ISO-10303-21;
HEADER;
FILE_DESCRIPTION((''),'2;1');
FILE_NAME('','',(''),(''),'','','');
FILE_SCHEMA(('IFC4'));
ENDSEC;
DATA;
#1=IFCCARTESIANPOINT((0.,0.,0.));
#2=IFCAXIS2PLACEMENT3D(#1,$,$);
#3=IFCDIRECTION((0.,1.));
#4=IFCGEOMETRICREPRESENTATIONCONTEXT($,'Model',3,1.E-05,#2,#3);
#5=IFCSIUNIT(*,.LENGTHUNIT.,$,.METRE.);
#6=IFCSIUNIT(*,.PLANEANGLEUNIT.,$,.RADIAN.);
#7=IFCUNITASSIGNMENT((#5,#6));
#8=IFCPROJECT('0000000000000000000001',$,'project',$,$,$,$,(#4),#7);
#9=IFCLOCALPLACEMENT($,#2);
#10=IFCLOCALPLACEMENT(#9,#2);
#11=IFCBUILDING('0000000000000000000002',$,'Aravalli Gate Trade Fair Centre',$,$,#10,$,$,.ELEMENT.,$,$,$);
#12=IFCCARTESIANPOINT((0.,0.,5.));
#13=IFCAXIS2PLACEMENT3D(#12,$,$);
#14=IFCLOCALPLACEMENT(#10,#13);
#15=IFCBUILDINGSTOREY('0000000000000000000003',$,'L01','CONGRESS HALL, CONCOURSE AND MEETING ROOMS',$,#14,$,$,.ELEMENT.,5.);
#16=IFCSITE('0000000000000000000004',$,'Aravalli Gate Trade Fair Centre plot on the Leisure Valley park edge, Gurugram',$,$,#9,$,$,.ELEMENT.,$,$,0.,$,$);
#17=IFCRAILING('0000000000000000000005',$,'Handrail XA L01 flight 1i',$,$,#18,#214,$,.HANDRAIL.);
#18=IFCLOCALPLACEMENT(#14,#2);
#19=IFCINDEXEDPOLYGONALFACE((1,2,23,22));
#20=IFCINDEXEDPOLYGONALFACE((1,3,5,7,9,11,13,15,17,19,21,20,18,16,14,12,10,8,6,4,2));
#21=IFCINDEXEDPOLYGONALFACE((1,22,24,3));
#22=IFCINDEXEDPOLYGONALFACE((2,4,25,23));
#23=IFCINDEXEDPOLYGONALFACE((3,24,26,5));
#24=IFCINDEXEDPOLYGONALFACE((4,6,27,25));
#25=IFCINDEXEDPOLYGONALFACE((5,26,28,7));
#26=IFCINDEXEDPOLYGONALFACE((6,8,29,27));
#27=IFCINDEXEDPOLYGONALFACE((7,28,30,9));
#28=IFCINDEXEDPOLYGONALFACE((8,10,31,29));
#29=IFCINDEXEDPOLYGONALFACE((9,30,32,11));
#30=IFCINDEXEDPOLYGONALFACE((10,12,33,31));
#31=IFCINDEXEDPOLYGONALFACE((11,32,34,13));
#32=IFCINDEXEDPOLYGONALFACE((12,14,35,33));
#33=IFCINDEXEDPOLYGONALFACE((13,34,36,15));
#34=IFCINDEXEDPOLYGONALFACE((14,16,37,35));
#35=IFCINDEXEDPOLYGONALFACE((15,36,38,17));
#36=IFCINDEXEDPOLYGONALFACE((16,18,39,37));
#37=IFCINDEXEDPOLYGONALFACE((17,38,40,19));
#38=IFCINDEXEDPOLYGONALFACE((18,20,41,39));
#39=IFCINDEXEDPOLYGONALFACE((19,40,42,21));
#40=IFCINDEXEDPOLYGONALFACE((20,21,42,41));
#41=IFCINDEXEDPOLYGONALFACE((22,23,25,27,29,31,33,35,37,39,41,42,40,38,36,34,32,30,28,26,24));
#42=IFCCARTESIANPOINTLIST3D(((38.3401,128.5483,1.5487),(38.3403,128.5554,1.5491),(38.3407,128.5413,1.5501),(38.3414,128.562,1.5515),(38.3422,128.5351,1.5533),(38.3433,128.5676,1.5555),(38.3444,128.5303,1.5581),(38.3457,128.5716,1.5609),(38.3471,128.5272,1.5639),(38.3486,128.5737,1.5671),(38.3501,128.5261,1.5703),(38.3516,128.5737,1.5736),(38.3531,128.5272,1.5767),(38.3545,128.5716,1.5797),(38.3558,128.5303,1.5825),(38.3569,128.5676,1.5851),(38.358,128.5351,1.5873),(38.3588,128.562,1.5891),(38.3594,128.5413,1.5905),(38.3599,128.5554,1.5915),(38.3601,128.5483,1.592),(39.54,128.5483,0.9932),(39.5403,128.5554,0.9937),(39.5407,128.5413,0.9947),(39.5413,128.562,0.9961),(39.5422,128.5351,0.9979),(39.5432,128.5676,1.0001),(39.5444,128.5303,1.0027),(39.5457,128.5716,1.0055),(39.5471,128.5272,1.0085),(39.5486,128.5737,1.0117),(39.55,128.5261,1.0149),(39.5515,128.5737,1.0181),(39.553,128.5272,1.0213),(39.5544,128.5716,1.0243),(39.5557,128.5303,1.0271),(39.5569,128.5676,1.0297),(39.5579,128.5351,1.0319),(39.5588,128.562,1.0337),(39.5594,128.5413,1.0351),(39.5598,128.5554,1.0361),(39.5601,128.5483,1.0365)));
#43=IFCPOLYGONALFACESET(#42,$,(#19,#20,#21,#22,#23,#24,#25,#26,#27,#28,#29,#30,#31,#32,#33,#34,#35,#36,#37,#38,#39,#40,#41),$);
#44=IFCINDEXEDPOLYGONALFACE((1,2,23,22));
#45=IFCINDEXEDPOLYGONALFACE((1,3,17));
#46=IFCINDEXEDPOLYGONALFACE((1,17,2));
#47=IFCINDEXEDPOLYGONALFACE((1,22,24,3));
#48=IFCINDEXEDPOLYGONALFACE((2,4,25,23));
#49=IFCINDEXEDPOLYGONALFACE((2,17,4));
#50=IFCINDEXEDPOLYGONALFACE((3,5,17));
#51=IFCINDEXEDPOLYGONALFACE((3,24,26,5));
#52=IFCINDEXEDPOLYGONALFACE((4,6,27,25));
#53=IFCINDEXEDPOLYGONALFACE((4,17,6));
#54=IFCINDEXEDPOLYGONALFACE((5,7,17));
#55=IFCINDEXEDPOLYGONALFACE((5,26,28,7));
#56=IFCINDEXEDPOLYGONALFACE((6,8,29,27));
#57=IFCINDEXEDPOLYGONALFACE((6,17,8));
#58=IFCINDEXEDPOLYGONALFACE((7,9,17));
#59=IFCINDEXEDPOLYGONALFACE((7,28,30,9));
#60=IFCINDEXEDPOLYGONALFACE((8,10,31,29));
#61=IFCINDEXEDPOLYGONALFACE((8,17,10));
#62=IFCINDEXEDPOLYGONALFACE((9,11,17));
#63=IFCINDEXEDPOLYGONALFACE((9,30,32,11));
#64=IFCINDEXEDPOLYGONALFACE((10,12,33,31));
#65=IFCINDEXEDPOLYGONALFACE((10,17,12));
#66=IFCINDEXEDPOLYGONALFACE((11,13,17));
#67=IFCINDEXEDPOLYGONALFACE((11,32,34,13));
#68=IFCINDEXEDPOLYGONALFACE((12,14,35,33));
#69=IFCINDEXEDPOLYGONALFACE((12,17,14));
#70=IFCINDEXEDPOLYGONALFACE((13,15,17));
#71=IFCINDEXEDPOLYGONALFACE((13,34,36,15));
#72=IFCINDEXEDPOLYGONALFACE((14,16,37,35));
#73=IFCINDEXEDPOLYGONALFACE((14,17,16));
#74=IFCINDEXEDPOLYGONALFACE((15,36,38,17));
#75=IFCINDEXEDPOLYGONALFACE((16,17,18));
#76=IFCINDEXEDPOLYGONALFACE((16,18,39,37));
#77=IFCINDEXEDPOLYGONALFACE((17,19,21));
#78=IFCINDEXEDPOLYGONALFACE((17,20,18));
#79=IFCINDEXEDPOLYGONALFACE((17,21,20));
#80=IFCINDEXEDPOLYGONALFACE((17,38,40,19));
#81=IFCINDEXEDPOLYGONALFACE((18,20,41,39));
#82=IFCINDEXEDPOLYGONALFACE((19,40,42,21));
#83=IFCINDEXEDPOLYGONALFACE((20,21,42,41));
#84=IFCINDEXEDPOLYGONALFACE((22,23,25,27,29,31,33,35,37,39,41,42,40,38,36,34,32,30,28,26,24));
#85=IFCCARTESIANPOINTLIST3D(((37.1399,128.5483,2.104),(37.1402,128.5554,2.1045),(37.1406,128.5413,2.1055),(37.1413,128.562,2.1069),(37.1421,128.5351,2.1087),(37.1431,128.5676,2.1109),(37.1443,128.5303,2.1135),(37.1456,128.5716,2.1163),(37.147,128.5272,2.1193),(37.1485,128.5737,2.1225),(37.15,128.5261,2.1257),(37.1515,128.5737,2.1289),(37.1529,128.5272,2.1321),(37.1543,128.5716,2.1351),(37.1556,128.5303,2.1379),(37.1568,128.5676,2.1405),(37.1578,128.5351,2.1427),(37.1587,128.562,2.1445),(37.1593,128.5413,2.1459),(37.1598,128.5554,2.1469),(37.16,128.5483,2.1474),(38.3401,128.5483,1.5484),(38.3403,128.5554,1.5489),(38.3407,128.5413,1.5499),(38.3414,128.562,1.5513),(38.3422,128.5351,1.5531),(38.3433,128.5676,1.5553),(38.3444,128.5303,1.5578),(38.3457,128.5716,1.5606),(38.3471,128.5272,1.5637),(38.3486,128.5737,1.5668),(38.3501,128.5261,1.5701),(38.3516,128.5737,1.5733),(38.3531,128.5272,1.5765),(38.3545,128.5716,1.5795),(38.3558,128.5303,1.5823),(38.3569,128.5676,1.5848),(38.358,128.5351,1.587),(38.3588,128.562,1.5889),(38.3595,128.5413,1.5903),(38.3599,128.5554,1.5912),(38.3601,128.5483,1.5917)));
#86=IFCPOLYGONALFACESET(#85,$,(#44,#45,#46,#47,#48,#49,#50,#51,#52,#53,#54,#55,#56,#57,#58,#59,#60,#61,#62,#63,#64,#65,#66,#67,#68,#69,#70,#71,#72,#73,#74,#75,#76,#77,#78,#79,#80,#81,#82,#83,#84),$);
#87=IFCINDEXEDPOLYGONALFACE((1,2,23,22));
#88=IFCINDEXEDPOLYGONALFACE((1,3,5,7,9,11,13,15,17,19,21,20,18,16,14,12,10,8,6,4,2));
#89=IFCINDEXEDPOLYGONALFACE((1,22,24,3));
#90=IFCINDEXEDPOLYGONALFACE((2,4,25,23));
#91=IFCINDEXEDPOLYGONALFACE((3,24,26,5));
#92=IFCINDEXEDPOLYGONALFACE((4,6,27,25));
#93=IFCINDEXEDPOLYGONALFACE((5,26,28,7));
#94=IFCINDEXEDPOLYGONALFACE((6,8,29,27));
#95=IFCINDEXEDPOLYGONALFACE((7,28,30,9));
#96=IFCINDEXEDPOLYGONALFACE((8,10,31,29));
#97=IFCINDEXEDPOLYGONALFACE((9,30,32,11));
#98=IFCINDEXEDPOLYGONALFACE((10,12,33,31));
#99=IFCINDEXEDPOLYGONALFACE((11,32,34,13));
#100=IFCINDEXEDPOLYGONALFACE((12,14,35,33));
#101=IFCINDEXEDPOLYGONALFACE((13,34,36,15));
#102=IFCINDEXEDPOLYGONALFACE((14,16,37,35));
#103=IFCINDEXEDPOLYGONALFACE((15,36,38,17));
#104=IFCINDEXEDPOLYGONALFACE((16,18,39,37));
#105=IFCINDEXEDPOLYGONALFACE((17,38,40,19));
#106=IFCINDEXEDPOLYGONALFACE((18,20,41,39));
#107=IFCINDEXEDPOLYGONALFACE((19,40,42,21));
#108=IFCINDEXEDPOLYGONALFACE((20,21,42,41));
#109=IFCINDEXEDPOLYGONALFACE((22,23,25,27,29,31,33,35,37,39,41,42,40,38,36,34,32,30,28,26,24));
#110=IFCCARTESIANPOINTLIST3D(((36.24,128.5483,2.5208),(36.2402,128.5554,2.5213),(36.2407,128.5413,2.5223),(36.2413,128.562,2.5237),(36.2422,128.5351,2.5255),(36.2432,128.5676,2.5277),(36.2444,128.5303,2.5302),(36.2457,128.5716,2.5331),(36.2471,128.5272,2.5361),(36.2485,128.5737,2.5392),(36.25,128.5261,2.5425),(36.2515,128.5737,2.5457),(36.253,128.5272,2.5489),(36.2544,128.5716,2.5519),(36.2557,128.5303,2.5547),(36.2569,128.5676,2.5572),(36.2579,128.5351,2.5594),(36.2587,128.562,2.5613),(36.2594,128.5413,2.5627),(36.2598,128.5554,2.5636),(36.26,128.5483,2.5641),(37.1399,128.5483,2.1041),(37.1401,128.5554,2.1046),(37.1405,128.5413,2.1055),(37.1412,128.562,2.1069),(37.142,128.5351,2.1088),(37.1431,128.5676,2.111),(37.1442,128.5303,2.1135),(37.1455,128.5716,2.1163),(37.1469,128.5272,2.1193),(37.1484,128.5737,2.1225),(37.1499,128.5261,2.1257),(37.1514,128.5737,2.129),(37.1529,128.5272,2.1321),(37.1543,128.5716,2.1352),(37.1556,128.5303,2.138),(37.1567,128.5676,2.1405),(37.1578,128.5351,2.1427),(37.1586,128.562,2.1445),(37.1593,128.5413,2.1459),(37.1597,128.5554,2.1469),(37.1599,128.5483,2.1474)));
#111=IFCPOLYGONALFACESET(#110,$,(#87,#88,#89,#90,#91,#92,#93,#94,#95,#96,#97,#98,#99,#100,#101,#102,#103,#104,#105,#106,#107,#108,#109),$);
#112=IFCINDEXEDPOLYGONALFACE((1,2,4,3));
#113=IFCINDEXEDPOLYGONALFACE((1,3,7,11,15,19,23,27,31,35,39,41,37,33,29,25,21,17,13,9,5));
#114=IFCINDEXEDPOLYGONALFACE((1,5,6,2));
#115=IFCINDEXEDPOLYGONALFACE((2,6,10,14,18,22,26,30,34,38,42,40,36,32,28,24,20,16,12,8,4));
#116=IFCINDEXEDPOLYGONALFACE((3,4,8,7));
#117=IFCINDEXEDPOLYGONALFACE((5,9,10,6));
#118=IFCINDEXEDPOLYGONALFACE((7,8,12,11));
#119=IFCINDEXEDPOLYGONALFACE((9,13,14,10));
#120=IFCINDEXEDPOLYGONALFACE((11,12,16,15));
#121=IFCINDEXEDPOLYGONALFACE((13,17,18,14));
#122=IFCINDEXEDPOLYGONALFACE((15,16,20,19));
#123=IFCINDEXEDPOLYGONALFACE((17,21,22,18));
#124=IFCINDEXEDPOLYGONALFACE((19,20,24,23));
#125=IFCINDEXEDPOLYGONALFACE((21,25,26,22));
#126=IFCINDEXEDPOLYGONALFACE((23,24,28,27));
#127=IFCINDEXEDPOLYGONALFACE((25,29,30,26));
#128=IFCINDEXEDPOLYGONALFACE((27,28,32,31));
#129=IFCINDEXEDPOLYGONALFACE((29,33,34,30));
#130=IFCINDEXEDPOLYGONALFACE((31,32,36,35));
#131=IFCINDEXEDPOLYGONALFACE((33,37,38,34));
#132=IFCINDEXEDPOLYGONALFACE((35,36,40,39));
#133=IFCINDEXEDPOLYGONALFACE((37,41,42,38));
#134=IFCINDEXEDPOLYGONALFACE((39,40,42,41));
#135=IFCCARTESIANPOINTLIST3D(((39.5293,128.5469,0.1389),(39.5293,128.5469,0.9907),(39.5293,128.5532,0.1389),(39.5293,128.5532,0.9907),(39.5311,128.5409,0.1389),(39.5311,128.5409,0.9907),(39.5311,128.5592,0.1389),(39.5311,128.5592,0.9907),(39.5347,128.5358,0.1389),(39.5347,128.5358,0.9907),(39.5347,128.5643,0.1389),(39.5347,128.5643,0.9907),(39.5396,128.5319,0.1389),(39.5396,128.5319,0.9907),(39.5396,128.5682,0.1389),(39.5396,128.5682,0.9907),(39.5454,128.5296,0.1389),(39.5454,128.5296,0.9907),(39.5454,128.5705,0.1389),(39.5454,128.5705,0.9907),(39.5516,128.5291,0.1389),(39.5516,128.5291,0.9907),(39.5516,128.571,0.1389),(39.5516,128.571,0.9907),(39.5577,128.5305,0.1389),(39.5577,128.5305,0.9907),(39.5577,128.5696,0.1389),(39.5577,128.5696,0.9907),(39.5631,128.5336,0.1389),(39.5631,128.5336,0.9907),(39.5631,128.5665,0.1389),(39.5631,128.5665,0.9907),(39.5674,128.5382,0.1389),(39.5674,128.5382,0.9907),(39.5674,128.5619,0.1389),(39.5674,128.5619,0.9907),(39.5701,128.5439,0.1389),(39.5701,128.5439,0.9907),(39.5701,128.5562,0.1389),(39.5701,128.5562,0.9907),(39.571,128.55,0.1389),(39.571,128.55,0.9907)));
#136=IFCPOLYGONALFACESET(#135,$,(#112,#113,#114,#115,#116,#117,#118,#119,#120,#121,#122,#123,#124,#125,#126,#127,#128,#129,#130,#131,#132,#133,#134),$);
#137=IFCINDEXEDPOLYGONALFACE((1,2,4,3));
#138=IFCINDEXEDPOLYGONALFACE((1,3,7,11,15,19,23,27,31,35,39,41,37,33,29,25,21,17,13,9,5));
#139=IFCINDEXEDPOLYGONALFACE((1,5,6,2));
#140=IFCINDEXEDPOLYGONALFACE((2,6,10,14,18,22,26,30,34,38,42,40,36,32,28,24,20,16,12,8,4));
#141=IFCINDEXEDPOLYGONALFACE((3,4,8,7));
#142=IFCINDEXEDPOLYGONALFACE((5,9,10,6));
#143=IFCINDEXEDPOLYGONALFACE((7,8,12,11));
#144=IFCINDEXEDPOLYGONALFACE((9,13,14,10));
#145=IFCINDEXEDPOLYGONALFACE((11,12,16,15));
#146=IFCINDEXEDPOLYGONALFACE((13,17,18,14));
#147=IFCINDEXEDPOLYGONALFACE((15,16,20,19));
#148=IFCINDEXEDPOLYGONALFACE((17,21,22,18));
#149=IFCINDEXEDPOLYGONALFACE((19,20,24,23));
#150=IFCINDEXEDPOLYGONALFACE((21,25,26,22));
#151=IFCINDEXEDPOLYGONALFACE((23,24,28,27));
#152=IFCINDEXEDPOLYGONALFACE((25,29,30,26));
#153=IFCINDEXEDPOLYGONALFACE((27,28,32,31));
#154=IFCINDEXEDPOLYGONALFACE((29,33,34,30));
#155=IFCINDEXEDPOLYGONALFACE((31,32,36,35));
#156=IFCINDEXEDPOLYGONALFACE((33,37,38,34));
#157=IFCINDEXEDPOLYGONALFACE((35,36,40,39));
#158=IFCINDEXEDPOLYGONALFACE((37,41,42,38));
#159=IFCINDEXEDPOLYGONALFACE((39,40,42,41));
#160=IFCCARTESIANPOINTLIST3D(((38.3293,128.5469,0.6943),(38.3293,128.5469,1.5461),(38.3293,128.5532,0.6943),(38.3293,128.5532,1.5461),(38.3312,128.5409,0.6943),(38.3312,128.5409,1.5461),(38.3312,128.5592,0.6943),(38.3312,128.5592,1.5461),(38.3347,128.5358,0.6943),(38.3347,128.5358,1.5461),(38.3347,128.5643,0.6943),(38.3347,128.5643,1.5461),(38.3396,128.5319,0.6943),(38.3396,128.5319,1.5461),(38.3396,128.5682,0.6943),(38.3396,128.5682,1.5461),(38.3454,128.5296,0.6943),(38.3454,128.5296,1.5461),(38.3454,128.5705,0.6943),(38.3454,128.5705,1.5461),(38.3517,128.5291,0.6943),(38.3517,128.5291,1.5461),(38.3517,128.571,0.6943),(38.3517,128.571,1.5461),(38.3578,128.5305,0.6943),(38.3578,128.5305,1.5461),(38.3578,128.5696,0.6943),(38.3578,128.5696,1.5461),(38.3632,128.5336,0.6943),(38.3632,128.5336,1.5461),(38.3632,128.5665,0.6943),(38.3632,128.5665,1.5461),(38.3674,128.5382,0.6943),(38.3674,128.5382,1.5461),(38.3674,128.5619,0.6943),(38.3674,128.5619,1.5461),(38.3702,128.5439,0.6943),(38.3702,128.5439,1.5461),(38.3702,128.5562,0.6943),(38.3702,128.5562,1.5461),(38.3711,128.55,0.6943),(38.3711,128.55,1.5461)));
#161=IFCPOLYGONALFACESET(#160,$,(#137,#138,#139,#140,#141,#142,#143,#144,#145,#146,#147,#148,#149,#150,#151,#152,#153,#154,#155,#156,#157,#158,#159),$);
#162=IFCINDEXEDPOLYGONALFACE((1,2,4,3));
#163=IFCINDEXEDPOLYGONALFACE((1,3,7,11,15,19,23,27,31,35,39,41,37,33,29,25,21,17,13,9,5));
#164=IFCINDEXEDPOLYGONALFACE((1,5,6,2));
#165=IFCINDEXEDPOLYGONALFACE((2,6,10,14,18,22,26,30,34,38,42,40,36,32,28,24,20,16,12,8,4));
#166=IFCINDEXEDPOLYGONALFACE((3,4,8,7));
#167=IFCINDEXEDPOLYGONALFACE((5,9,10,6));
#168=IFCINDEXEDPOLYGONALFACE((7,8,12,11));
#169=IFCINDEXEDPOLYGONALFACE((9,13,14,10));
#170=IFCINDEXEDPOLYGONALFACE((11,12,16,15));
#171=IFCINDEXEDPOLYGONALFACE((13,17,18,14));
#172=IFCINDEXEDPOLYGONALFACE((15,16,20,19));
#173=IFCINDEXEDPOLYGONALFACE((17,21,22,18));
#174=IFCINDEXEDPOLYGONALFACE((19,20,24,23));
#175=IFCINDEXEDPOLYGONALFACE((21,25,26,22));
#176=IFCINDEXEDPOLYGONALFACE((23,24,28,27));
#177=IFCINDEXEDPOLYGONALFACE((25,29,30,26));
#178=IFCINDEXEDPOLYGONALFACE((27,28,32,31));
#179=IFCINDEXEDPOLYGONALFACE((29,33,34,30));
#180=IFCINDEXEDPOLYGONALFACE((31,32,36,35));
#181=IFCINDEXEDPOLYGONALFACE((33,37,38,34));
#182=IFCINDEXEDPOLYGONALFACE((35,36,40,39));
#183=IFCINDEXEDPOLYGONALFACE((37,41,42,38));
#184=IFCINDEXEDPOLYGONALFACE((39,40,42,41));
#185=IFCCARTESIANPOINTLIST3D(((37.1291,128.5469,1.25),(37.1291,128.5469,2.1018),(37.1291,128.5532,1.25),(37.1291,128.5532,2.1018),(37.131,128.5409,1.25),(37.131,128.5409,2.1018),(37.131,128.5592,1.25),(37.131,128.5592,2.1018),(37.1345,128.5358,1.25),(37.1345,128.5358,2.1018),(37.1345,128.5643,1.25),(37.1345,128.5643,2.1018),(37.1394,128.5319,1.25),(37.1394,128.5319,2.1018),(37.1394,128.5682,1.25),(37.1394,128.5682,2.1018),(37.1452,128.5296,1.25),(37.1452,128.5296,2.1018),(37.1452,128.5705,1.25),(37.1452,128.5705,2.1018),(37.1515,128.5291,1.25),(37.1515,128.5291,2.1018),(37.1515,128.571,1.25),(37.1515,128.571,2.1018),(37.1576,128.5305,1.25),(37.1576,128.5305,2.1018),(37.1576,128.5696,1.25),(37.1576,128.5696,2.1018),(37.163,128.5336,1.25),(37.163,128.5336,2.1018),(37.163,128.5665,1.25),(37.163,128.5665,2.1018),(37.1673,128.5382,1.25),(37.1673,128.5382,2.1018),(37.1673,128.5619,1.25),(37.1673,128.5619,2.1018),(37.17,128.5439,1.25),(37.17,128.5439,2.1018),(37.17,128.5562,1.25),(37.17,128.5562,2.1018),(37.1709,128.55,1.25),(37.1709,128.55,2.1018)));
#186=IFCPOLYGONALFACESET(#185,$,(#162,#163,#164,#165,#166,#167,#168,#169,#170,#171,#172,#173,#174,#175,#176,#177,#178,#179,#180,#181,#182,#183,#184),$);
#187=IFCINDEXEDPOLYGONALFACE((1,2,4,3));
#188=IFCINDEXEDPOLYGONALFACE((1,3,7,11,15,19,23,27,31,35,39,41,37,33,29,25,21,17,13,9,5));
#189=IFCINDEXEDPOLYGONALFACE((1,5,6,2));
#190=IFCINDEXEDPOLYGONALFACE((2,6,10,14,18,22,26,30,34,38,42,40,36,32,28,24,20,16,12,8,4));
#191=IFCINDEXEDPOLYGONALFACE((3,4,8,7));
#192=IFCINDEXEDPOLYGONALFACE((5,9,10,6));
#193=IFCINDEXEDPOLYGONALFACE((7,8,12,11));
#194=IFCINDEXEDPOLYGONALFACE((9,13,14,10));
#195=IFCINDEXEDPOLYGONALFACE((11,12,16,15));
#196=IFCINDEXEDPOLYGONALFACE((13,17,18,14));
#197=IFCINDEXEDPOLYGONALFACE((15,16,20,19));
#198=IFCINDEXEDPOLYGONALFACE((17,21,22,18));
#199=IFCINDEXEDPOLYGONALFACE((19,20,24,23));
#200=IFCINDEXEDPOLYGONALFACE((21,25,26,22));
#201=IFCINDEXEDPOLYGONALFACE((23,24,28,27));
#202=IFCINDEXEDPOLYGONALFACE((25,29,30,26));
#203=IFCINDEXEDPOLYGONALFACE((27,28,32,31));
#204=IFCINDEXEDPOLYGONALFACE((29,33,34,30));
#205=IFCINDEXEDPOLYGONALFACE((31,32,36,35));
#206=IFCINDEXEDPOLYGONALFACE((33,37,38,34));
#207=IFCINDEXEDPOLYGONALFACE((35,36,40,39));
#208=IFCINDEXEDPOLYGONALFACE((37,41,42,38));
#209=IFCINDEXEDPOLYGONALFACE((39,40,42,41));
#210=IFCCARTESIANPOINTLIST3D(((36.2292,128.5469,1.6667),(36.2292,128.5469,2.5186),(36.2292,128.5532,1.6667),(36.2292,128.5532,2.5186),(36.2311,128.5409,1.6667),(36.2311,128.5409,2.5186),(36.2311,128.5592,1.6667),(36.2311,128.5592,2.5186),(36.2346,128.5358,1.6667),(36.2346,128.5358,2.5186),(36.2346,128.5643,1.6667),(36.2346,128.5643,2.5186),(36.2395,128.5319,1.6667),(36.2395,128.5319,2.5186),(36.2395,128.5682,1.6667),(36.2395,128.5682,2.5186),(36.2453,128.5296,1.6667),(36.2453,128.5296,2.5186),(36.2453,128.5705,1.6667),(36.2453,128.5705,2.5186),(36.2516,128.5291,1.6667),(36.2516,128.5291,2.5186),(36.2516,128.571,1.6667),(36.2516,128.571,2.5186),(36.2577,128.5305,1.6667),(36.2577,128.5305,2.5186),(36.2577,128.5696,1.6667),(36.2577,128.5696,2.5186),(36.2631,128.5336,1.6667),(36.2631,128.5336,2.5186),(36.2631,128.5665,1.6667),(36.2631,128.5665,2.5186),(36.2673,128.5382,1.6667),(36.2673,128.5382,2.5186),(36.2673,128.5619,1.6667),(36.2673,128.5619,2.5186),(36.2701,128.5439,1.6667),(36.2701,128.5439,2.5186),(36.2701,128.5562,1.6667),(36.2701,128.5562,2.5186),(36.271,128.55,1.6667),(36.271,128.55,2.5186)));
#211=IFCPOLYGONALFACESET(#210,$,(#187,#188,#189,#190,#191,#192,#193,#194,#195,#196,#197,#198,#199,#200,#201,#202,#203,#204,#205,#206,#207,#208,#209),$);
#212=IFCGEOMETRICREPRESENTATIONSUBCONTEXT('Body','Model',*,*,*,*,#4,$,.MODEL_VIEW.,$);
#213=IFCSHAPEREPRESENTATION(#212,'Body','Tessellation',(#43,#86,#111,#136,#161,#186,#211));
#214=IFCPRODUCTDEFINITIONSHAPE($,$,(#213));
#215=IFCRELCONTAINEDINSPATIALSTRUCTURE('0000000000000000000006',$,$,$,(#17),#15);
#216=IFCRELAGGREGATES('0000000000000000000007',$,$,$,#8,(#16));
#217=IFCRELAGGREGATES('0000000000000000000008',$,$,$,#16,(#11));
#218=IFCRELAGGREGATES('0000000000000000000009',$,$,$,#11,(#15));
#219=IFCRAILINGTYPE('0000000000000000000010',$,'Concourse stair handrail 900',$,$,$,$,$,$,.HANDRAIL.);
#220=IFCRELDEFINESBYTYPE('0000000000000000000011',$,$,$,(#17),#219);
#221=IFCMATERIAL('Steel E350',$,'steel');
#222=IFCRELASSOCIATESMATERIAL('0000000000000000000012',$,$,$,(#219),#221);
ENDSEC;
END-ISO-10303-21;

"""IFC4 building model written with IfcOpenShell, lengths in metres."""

from ifc_helpers import new_model, si_unit, direction, frame, origin, origin_2d, place, context, subcontext, project, spatial, circle, extrude, material, type_object, element, save


model = new_model("IFC4")

# Units and contexts
model_context = context("Model", 3, precision=1e-05, world=origin(), true_north=direction((0.0, 1.0)))
body_context = subcontext(model_context, "Body", "Model", "MODEL_VIEW")
ifc_project = project(units=[si_unit("LENGTHUNIT", "METRE"), si_unit("PLANEANGLEUNIT", "RADIAN")], contexts=[model_context])

# Site, building, storey
site_placement = place(None, origin())
site = spatial("IfcSite", under=ifc_project, at=site_placement, Name="Aravalli Gate Trade Fair Centre plot on the Leisure Valley park edge, Gurugram", CompositionType="ELEMENT", RefElevation=0.0)
building_placement = place(site_placement, origin())
building = spatial("IfcBuilding", under=site, at=building_placement, Name="Aravalli Gate Trade Fair Centre", CompositionType="ELEMENT")
storey_placement = place(building_placement, frame((0.0, 0.0, 5.0)))
storey = spatial("IfcBuildingStorey", under=building, at=storey_placement, Name="L01", Description="CONGRESS HALL, CONCOURSE AND MEETING ROOMS", CompositionType="ELEMENT", Elevation=5.0)

# Shared definitions
ifc_material_1 = material(Name="Steel E350", Category="steel")

# Railing
railing_type_1 = type_object("IfcRailingType", Name="Concourse stair handrail 900", PredefinedType="HANDRAIL", material=ifc_material_1)
for number, where, name in (
    (1, (39.55, 128.55, 0.1389), "Handrail XA L01 flight 1i"),
):
    element("IfcRailing", number, at=place(storey_placement, frame(where)), inside=storey, type_object=railing_type_1, Name=name, PredefinedType="HANDRAIL", context=body_context, shape_type="SweptSolid", body=[
        extrude(circle(Radius=0.0239, at=origin_2d()), frame((0.0, 0.0, 0.876), z_axis=(-0.907499, 0.0, 0.420053), x_axis=(0.0, -1.0, 0.0)), (0.0, 0.0, 1.0), 1.3223),
        extrude(circle(Radius=0.0239, at=origin_2d()), frame((-1.2, 0.0, 1.4312), z_axis=(-0.907462, 0.0, 0.420135), x_axis=(0.0, -1.0, 0.0)), (0.0, 0.0, 1.0), 1.3225),
        extrude(circle(Radius=0.0239, at=origin_2d()), frame((-2.4001, 0.0, 1.9868), z_axis=(-0.907418, 0.0, 0.420229), x_axis=(0.0, -1.0, 0.0)), (0.0, 0.0, 1.0), 0.9917),
        extrude(circle(Radius=0.021, at=origin_2d()), origin(), (0.0, 0.0, 1.0), 0.8518),
        extrude(circle(Radius=0.021, at=origin_2d()), frame((-1.2, 0.0, 0.5554)), (0.0, 0.0, 1.0), 0.8518),
        extrude(circle(Radius=0.021, at=origin_2d()), frame((-2.4001, 0.0, 1.1111)), (0.0, 0.0, 1.0), 0.8518),
        extrude(circle(Radius=0.021, at=origin_2d()), frame((-3.3, 0.0, 1.5278)), (0.0, 0.0, 1.0), 0.8518),
    ])

save(model, "model.ifc")
